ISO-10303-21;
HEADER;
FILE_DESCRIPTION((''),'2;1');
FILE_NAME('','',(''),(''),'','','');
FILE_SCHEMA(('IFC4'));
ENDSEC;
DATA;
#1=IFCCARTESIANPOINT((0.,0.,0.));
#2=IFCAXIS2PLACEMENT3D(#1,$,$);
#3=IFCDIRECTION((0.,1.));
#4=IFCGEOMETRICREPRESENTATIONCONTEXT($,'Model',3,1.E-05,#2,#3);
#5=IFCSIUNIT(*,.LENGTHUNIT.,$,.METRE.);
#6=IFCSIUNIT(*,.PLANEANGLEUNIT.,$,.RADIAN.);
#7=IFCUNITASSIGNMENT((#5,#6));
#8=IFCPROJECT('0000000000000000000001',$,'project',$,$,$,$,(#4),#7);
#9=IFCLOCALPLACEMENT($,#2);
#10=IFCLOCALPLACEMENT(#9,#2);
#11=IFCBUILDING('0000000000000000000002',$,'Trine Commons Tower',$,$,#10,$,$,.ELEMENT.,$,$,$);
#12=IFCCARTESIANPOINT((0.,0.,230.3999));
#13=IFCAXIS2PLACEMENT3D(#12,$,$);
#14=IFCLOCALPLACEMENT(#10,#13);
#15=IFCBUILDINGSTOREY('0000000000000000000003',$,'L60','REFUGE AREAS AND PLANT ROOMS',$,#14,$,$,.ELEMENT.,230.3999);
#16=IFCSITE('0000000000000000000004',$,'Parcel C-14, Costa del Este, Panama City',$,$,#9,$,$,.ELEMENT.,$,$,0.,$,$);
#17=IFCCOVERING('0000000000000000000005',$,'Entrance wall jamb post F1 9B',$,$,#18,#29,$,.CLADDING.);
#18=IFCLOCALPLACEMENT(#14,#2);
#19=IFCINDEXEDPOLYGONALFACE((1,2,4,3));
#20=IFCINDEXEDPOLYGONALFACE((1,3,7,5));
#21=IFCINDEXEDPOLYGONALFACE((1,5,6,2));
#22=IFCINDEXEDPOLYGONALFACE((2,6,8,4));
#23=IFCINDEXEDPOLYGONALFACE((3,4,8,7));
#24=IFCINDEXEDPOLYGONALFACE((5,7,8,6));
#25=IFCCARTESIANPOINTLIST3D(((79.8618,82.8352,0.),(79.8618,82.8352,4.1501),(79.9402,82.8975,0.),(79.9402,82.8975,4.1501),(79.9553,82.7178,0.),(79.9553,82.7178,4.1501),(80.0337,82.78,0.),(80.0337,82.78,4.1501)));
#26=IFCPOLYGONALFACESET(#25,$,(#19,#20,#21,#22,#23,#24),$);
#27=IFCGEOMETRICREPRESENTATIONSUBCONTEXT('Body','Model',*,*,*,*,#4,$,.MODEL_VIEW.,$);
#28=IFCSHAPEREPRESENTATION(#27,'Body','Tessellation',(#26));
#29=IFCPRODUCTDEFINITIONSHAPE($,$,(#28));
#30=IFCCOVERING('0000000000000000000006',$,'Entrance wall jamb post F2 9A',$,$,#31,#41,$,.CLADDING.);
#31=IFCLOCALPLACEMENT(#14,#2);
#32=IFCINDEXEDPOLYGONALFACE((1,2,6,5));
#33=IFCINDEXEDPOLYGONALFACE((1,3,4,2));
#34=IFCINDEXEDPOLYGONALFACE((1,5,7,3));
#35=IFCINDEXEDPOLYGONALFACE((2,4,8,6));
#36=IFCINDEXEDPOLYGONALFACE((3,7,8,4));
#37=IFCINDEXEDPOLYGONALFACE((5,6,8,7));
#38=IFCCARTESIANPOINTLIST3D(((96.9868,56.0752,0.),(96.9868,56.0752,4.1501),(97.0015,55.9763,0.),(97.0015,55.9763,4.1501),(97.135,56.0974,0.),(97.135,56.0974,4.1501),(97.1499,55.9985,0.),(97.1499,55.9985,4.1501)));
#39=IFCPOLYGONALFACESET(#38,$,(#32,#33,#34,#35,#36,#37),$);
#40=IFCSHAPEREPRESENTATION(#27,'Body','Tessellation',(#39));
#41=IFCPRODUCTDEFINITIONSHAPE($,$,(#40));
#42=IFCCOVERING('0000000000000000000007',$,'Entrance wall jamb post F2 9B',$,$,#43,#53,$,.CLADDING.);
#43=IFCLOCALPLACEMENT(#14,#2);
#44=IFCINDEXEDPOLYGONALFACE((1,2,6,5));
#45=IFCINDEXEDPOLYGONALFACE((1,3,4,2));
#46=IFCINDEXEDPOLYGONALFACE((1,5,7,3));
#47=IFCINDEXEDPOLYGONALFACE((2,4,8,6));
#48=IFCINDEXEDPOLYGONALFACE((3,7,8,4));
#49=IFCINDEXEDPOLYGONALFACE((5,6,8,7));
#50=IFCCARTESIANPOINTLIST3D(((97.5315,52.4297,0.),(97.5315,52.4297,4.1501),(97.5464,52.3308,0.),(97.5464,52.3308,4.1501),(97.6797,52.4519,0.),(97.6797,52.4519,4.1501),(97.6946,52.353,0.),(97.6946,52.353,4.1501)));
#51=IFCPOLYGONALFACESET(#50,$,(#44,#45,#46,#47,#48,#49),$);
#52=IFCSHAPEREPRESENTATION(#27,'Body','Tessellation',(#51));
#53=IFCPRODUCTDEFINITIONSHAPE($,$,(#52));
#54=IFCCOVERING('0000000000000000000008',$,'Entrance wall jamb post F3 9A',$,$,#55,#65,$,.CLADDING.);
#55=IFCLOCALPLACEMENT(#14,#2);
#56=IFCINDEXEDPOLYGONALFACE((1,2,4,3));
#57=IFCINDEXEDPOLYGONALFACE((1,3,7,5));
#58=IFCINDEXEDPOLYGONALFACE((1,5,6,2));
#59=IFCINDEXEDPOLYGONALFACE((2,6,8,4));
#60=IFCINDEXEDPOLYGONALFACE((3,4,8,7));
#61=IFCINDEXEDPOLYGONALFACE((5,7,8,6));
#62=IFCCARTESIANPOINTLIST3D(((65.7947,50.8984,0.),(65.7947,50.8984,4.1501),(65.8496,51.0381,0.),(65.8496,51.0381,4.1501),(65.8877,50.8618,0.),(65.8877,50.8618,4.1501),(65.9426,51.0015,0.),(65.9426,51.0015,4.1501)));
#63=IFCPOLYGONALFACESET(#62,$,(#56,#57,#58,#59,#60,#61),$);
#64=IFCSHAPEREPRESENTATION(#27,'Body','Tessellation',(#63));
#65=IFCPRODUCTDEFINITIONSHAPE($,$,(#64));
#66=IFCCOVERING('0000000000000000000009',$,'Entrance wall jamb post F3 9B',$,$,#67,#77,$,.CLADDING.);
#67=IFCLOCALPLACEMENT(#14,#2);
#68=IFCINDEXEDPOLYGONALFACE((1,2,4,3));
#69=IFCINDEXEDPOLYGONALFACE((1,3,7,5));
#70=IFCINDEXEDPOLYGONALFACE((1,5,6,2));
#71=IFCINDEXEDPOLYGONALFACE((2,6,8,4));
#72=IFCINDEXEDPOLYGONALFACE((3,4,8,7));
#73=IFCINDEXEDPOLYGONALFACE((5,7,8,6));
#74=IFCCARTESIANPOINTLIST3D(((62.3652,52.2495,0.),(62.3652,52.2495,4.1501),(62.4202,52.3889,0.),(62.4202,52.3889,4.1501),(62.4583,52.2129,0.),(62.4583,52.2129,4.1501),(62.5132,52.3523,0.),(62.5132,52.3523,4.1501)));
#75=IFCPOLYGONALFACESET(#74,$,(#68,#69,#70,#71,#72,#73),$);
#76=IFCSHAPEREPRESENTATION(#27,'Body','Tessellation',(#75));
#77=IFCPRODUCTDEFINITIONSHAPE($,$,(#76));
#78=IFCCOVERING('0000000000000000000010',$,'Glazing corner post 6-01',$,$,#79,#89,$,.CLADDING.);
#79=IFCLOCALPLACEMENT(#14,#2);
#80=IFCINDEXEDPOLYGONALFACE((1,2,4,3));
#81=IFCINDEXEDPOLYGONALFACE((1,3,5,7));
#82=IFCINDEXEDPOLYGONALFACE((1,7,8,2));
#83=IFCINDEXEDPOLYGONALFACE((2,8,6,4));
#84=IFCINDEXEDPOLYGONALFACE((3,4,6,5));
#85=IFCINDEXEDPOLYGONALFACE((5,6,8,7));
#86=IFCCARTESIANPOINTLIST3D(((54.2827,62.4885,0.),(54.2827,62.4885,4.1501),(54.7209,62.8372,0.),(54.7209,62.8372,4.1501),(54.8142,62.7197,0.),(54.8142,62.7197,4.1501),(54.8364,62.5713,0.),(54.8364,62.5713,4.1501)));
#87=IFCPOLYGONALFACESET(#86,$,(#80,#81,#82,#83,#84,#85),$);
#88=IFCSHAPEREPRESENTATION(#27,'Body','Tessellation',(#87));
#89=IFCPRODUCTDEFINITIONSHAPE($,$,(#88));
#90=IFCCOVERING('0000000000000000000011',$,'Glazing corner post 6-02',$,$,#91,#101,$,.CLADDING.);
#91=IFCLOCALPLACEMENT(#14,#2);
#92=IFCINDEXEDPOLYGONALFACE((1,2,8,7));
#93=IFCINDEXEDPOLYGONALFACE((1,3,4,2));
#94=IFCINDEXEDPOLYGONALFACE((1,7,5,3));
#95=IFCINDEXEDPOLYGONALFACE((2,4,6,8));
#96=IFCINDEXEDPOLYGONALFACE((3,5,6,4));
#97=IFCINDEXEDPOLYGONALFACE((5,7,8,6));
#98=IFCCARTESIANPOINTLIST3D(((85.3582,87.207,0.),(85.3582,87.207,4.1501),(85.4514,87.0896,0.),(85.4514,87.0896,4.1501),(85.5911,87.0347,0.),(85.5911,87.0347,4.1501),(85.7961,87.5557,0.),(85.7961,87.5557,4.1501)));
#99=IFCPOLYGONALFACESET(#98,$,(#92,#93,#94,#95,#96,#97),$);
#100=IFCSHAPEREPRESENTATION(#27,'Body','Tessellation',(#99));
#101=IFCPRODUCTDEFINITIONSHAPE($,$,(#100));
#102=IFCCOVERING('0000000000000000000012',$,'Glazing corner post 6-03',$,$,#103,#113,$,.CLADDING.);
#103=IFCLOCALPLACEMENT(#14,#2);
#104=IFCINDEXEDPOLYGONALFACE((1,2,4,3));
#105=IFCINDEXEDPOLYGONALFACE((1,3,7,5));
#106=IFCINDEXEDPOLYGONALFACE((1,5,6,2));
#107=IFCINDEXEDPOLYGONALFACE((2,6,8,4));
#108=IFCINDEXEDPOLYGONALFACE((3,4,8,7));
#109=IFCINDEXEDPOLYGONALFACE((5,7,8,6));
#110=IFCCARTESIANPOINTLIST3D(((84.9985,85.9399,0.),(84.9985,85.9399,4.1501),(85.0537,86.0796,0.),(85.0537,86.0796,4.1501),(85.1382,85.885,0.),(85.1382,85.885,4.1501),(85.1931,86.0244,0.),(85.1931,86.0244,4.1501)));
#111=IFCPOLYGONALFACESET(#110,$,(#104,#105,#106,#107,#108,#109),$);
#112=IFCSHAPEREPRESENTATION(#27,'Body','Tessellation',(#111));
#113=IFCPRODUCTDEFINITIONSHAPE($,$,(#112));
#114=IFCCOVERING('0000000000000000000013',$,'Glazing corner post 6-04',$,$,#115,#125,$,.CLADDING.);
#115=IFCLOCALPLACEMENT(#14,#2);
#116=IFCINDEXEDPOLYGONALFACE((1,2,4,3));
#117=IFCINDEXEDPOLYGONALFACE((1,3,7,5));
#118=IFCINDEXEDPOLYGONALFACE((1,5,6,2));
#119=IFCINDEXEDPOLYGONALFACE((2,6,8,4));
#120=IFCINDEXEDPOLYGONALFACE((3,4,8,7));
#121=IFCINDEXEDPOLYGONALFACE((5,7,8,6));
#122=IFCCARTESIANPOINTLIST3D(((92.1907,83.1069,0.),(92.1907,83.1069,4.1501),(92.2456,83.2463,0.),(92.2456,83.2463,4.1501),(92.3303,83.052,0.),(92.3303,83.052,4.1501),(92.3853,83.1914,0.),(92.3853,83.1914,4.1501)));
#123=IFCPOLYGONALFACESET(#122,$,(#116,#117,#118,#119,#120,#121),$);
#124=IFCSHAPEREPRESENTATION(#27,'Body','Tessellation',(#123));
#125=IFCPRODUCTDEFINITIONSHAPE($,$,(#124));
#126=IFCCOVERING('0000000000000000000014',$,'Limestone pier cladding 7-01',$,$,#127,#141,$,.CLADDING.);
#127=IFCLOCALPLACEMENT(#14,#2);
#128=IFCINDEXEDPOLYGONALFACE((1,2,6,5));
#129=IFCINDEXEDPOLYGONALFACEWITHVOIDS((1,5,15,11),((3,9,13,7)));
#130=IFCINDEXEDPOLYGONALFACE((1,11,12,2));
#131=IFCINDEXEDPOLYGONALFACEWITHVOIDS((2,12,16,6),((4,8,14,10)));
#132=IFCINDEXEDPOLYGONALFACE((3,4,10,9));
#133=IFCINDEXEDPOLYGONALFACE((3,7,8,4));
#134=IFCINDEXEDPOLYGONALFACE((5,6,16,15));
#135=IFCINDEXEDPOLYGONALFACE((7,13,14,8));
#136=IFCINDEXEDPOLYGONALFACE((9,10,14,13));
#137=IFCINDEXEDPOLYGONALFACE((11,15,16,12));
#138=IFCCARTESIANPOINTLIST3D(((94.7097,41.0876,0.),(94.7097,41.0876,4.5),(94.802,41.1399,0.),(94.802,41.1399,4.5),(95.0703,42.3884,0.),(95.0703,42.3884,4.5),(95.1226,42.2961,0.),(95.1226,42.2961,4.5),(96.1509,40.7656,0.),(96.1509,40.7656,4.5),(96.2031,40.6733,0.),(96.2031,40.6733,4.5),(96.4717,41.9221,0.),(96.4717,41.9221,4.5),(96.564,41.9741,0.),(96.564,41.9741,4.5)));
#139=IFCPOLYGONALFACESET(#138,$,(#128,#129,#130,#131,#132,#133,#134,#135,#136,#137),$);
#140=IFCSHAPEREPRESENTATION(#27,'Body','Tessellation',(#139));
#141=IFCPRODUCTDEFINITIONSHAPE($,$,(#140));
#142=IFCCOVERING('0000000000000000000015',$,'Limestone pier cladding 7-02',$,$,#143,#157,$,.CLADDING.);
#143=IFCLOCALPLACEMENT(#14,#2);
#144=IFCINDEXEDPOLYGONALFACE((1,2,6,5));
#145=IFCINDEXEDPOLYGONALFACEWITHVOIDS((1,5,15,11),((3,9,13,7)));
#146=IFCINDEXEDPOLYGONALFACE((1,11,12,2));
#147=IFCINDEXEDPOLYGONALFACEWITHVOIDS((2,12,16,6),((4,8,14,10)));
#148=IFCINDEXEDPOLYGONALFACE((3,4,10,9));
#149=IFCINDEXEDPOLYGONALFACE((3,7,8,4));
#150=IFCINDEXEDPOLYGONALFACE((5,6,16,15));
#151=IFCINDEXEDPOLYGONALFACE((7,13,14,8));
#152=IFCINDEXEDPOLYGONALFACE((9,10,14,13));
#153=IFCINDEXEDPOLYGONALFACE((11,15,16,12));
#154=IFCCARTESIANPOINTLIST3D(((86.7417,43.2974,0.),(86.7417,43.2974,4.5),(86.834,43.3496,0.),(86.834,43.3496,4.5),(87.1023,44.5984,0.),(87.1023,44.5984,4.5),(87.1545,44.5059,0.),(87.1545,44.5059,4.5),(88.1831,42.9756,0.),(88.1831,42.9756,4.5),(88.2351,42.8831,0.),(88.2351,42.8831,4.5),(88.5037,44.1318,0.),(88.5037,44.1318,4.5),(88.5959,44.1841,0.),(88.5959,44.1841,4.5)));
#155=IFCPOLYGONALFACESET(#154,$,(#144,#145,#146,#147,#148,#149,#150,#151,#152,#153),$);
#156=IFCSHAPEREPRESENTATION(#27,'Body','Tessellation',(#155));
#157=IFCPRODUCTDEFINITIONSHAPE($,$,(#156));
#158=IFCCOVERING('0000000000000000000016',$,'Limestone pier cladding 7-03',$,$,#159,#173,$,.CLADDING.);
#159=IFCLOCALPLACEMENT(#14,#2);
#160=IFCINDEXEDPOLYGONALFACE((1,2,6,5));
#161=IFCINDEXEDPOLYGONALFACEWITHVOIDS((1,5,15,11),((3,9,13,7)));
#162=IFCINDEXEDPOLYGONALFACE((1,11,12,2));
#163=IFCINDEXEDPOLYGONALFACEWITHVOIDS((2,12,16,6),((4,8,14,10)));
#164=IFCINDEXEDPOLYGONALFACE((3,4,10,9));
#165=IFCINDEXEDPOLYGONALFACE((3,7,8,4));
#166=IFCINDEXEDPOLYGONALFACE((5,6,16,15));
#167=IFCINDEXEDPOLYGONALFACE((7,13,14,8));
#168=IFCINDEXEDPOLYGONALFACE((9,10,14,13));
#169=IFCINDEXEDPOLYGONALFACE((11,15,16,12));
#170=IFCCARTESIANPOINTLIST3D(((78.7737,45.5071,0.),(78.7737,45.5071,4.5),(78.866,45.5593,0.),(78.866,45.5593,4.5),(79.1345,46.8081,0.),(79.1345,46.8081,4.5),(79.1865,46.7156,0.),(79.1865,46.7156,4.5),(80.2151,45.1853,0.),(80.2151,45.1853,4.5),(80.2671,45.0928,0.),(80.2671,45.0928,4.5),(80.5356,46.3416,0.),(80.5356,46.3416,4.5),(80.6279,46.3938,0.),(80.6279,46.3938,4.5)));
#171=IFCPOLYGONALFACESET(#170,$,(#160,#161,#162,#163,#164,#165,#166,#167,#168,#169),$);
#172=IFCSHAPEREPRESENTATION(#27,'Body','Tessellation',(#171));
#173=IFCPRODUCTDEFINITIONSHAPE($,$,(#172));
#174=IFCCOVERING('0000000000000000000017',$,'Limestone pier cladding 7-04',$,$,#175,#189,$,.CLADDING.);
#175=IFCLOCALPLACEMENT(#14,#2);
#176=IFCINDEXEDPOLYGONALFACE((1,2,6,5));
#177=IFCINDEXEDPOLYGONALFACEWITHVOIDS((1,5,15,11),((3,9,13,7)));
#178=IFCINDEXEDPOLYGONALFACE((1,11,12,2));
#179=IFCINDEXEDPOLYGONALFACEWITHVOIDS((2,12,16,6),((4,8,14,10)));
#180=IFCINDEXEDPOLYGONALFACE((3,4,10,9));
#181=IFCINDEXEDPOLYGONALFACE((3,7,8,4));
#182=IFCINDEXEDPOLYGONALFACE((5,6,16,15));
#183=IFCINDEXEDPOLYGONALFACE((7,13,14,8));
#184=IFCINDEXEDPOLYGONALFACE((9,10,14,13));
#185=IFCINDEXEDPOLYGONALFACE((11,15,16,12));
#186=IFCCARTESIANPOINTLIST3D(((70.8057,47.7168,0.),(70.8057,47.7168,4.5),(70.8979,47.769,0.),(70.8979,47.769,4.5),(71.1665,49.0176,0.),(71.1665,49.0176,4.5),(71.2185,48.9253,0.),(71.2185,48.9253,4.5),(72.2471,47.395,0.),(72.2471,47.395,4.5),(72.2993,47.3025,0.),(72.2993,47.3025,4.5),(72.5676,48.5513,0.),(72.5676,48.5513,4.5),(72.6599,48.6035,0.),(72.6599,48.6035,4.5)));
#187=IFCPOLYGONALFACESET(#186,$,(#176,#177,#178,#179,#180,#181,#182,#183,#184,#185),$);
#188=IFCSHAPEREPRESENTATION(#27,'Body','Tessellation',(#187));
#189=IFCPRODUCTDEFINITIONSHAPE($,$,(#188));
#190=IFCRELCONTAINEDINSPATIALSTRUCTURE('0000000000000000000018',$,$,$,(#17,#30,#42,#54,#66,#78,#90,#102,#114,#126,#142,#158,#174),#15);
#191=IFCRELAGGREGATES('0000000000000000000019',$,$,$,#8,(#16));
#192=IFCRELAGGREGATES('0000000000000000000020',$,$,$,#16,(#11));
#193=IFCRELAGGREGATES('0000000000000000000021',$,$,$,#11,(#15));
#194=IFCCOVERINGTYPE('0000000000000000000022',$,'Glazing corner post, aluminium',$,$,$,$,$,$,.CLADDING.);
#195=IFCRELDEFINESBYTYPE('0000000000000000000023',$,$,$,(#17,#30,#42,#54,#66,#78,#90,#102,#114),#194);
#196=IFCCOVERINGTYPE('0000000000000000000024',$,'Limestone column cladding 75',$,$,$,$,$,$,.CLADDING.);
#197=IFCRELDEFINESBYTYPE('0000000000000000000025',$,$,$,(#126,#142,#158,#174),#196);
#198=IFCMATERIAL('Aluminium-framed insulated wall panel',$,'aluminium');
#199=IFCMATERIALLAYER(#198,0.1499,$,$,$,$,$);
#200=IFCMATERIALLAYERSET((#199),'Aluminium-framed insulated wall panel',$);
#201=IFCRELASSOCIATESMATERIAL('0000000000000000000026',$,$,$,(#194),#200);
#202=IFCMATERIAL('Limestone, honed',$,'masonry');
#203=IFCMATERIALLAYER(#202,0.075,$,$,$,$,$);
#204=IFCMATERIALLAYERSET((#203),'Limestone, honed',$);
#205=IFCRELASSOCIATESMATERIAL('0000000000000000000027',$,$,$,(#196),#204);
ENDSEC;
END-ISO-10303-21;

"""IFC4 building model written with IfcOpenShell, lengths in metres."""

from ifc_helpers import new_model, si_unit, direction, frame, origin, place, context, subcontext, project, spatial, polyline, outline, extrude, material, layer, layer_set, type_object, element, save


model = new_model("IFC4")

# Units and contexts
model_context = context("Model", 3, precision=1e-05, world=origin(), true_north=direction((0.0, 1.0)))
body_context = subcontext(model_context, "Body", "Model", "MODEL_VIEW")
ifc_project = project(units=[si_unit("LENGTHUNIT", "METRE"), si_unit("PLANEANGLEUNIT", "RADIAN")], contexts=[model_context])

# Site, building, storey
site_placement = place(None, origin())
site = spatial("IfcSite", under=ifc_project, at=site_placement, Name="Parcel C-14, Costa del Este, Panama City", CompositionType="ELEMENT", RefElevation=0.0)
building_placement = place(site_placement, origin())
building = spatial("IfcBuilding", under=site, at=building_placement, Name="Trine Commons Tower", CompositionType="ELEMENT")
storey_placement = place(building_placement, frame((0.0, 0.0, 230.3999)))
storey = spatial("IfcBuildingStorey", under=building, at=storey_placement, Name="L60", Description="REFUGE AREAS AND PLANT ROOMS", CompositionType="ELEMENT", Elevation=230.3999)

# Coverings
ifc_material_1 = material(Name="Aluminium-framed insulated wall panel", Category="aluminium")
ifc_layer_1 = layer(ifc_material_1, 0.1499)
ifc_layer_set_1 = layer_set([ifc_layer_1], Name="Aluminium-framed insulated wall panel")
covering_type_1 = type_object("IfcCoveringType", Name="Glazing corner post, aluminium", PredefinedType="CLADDING", material=ifc_layer_set_1)
covering_1_placement = place(storey_placement, origin())
element("IfcCovering", 1, at=covering_1_placement, inside=storey, type_object=covering_type_1, Name="Entrance wall jamb post F1 9B", PredefinedType="CLADDING", context=body_context, shape_type="SweptSolid", body=[
    extrude(outline(polyline([(79.8618, 82.8352), (79.9402, 82.8975), (80.0337, 82.78), (79.9553, 82.7178), (79.8618, 82.8352)])), origin(), (0.0, 0.0, 1.0), 4.1501),
])
covering_2_placement = place(storey_placement, origin())
element("IfcCovering", 2, at=covering_2_placement, inside=storey, type_object=covering_type_1, Name="Entrance wall jamb post F2 9A", PredefinedType="CLADDING", context=body_context, shape_type="SweptSolid", body=[
    extrude(outline(polyline([(97.135, 56.0974), (97.1499, 55.9985), (97.0015, 55.9763), (96.9868, 56.0752), (97.135, 56.0974)])), origin(), (0.0, 0.0, 1.0), 4.1501),
])
covering_3_placement = place(storey_placement, origin())
element("IfcCovering", 3, at=covering_3_placement, inside=storey, type_object=covering_type_1, Name="Entrance wall jamb post F2 9B", PredefinedType="CLADDING", context=body_context, shape_type="SweptSolid", body=[
    extrude(outline(polyline([(97.6797, 52.4519), (97.6946, 52.353), (97.5464, 52.3308), (97.5315, 52.4297), (97.6797, 52.4519)])), origin(), (0.0, 0.0, 1.0), 4.1501),
])
covering_4_placement = place(storey_placement, origin())
element("IfcCovering", 4, at=covering_4_placement, inside=storey, type_object=covering_type_1, Name="Entrance wall jamb post F3 9A", PredefinedType="CLADDING", context=body_context, shape_type="SweptSolid", body=[
    extrude(outline(polyline([(65.8877, 50.8618), (65.7947, 50.8984), (65.8496, 51.0381), (65.9426, 51.0015), (65.8877, 50.8618)])), origin(), (0.0, 0.0, 1.0), 4.1501),
])
covering_5_placement = place(storey_placement, origin())
element("IfcCovering", 5, at=covering_5_placement, inside=storey, type_object=covering_type_1, Name="Entrance wall jamb post F3 9B", PredefinedType="CLADDING", context=body_context, shape_type="SweptSolid", body=[
    extrude(outline(polyline([(62.4583, 52.2129), (62.3652, 52.2495), (62.4202, 52.3889), (62.5132, 52.3523), (62.4583, 52.2129)])), origin(), (0.0, 0.0, 1.0), 4.1501),
])
covering_6_placement = place(storey_placement, origin())
element("IfcCovering", 6, at=covering_6_placement, inside=storey, type_object=covering_type_1, Name="Glazing corner post 6-01", PredefinedType="CLADDING", context=body_context, shape_type="SweptSolid", body=[
    extrude(outline(polyline([(54.8364, 62.5713), (54.8142, 62.7197), (54.7209, 62.8372), (54.2827, 62.4885), (54.8364, 62.5713)])), origin(), (0.0, 0.0, 1.0), 4.1501),
])
covering_7_placement = place(storey_placement, origin())
element("IfcCovering", 7, at=covering_7_placement, inside=storey, type_object=covering_type_1, Name="Glazing corner post 6-02", PredefinedType="CLADDING", context=body_context, shape_type="SweptSolid", body=[
    extrude(outline(polyline([(85.4514, 87.0896), (85.4514, 87.0896), (85.5911, 87.0347), (85.7961, 87.5557), (85.3582, 87.207), (85.4514, 87.0896)])), origin(), (0.0, 0.0, 1.0), 4.1501),
])
covering_8_placement = place(storey_placement, origin())
element("IfcCovering", 8, at=covering_8_placement, inside=storey, type_object=covering_type_1, Name="Glazing corner post 6-03", PredefinedType="CLADDING", context=body_context, shape_type="SweptSolid", body=[
    extrude(outline(polyline([(85.1382, 85.885), (85.1931, 86.0244), (85.0537, 86.0796), (84.9985, 85.9399), (85.1382, 85.885)])), origin(), (0.0, 0.0, 1.0), 4.1501),
])
covering_9_placement = place(storey_placement, origin())
element("IfcCovering", 9, at=covering_9_placement, inside=storey, type_object=covering_type_1, Name="Glazing corner post 6-04", PredefinedType="CLADDING", context=body_context, shape_type="SweptSolid", body=[
    extrude(outline(polyline([(92.1907, 83.1069), (92.3303, 83.052), (92.3853, 83.1914), (92.2456, 83.2463), (92.1907, 83.1069)])), origin(), (0.0, 0.0, 1.0), 4.1501),
])
ifc_material_2 = material(Name="Limestone, honed", Category="masonry")
ifc_layer_2 = layer(ifc_material_2, 0.075)
ifc_layer_set_2 = layer_set([ifc_layer_2], Name="Limestone, honed")
covering_type_2 = type_object("IfcCoveringType", Name="Limestone column cladding 75", PredefinedType="CLADDING", material=ifc_layer_set_2)
covering_10_placement = place(storey_placement, origin())
element("IfcCovering", 10, at=covering_10_placement, inside=storey, type_object=covering_type_2, Name="Limestone pier cladding 7-01", PredefinedType="CLADDING", context=body_context, shape_type="SweptSolid", body=[
    extrude(outline(polyline([(95.0703, 42.3884), (94.7097, 41.0876), (96.2031, 40.6733), (96.564, 41.9741), (95.0703, 42.3884)]), holes=[polyline([(95.1226, 42.2961), (94.802, 41.1399), (96.1509, 40.7656), (96.4717, 41.9221), (95.1226, 42.2961)])]), origin(), (0.0, 0.0, 1.0), 4.5),
])
covering_11_placement = place(storey_placement, origin())
element("IfcCovering", 11, at=covering_11_placement, inside=storey, type_object=covering_type_2, Name="Limestone pier cladding 7-02", PredefinedType="CLADDING", context=body_context, shape_type="SweptSolid", body=[
    extrude(outline(polyline([(87.1023, 44.5984), (86.7417, 43.2974), (88.2351, 42.8831), (88.5959, 44.1841), (87.1023, 44.5984)]), holes=[polyline([(87.1545, 44.5059), (86.834, 43.3496), (88.1831, 42.9756), (88.5037, 44.1318), (87.1545, 44.5059)])]), origin(), (0.0, 0.0, 1.0), 4.5),
])
covering_12_placement = place(storey_placement, origin())
element("IfcCovering", 12, at=covering_12_placement, inside=storey, type_object=covering_type_2, Name="Limestone pier cladding 7-03", PredefinedType="CLADDING", context=body_context, shape_type="SweptSolid", body=[
    extrude(outline(polyline([(79.1345, 46.8081), (78.7737, 45.5071), (80.2671, 45.0928), (80.6279, 46.3938), (79.1345, 46.8081)]), holes=[polyline([(79.1865, 46.7156), (78.866, 45.5593), (80.2151, 45.1853), (80.5356, 46.3416), (79.1865, 46.7156)])]), origin(), (0.0, 0.0, 1.0), 4.5),
])
covering_13_placement = place(storey_placement, origin())
element("IfcCovering", 13, at=covering_13_placement, inside=storey, type_object=covering_type_2, Name="Limestone pier cladding 7-04", PredefinedType="CLADDING", context=body_context, shape_type="SweptSolid", body=[
    extrude(outline(polyline([(71.1665, 49.0176), (70.8057, 47.7168), (72.2993, 47.3025), (72.6599, 48.6035), (71.1665, 49.0176)]), holes=[polyline([(71.2185, 48.9253), (70.8979, 47.769), (72.2471, 47.395), (72.5676, 48.5513), (71.2185, 48.9253)])]), origin(), (0.0, 0.0, 1.0), 4.5),
])

save(model, "model.ifc")
